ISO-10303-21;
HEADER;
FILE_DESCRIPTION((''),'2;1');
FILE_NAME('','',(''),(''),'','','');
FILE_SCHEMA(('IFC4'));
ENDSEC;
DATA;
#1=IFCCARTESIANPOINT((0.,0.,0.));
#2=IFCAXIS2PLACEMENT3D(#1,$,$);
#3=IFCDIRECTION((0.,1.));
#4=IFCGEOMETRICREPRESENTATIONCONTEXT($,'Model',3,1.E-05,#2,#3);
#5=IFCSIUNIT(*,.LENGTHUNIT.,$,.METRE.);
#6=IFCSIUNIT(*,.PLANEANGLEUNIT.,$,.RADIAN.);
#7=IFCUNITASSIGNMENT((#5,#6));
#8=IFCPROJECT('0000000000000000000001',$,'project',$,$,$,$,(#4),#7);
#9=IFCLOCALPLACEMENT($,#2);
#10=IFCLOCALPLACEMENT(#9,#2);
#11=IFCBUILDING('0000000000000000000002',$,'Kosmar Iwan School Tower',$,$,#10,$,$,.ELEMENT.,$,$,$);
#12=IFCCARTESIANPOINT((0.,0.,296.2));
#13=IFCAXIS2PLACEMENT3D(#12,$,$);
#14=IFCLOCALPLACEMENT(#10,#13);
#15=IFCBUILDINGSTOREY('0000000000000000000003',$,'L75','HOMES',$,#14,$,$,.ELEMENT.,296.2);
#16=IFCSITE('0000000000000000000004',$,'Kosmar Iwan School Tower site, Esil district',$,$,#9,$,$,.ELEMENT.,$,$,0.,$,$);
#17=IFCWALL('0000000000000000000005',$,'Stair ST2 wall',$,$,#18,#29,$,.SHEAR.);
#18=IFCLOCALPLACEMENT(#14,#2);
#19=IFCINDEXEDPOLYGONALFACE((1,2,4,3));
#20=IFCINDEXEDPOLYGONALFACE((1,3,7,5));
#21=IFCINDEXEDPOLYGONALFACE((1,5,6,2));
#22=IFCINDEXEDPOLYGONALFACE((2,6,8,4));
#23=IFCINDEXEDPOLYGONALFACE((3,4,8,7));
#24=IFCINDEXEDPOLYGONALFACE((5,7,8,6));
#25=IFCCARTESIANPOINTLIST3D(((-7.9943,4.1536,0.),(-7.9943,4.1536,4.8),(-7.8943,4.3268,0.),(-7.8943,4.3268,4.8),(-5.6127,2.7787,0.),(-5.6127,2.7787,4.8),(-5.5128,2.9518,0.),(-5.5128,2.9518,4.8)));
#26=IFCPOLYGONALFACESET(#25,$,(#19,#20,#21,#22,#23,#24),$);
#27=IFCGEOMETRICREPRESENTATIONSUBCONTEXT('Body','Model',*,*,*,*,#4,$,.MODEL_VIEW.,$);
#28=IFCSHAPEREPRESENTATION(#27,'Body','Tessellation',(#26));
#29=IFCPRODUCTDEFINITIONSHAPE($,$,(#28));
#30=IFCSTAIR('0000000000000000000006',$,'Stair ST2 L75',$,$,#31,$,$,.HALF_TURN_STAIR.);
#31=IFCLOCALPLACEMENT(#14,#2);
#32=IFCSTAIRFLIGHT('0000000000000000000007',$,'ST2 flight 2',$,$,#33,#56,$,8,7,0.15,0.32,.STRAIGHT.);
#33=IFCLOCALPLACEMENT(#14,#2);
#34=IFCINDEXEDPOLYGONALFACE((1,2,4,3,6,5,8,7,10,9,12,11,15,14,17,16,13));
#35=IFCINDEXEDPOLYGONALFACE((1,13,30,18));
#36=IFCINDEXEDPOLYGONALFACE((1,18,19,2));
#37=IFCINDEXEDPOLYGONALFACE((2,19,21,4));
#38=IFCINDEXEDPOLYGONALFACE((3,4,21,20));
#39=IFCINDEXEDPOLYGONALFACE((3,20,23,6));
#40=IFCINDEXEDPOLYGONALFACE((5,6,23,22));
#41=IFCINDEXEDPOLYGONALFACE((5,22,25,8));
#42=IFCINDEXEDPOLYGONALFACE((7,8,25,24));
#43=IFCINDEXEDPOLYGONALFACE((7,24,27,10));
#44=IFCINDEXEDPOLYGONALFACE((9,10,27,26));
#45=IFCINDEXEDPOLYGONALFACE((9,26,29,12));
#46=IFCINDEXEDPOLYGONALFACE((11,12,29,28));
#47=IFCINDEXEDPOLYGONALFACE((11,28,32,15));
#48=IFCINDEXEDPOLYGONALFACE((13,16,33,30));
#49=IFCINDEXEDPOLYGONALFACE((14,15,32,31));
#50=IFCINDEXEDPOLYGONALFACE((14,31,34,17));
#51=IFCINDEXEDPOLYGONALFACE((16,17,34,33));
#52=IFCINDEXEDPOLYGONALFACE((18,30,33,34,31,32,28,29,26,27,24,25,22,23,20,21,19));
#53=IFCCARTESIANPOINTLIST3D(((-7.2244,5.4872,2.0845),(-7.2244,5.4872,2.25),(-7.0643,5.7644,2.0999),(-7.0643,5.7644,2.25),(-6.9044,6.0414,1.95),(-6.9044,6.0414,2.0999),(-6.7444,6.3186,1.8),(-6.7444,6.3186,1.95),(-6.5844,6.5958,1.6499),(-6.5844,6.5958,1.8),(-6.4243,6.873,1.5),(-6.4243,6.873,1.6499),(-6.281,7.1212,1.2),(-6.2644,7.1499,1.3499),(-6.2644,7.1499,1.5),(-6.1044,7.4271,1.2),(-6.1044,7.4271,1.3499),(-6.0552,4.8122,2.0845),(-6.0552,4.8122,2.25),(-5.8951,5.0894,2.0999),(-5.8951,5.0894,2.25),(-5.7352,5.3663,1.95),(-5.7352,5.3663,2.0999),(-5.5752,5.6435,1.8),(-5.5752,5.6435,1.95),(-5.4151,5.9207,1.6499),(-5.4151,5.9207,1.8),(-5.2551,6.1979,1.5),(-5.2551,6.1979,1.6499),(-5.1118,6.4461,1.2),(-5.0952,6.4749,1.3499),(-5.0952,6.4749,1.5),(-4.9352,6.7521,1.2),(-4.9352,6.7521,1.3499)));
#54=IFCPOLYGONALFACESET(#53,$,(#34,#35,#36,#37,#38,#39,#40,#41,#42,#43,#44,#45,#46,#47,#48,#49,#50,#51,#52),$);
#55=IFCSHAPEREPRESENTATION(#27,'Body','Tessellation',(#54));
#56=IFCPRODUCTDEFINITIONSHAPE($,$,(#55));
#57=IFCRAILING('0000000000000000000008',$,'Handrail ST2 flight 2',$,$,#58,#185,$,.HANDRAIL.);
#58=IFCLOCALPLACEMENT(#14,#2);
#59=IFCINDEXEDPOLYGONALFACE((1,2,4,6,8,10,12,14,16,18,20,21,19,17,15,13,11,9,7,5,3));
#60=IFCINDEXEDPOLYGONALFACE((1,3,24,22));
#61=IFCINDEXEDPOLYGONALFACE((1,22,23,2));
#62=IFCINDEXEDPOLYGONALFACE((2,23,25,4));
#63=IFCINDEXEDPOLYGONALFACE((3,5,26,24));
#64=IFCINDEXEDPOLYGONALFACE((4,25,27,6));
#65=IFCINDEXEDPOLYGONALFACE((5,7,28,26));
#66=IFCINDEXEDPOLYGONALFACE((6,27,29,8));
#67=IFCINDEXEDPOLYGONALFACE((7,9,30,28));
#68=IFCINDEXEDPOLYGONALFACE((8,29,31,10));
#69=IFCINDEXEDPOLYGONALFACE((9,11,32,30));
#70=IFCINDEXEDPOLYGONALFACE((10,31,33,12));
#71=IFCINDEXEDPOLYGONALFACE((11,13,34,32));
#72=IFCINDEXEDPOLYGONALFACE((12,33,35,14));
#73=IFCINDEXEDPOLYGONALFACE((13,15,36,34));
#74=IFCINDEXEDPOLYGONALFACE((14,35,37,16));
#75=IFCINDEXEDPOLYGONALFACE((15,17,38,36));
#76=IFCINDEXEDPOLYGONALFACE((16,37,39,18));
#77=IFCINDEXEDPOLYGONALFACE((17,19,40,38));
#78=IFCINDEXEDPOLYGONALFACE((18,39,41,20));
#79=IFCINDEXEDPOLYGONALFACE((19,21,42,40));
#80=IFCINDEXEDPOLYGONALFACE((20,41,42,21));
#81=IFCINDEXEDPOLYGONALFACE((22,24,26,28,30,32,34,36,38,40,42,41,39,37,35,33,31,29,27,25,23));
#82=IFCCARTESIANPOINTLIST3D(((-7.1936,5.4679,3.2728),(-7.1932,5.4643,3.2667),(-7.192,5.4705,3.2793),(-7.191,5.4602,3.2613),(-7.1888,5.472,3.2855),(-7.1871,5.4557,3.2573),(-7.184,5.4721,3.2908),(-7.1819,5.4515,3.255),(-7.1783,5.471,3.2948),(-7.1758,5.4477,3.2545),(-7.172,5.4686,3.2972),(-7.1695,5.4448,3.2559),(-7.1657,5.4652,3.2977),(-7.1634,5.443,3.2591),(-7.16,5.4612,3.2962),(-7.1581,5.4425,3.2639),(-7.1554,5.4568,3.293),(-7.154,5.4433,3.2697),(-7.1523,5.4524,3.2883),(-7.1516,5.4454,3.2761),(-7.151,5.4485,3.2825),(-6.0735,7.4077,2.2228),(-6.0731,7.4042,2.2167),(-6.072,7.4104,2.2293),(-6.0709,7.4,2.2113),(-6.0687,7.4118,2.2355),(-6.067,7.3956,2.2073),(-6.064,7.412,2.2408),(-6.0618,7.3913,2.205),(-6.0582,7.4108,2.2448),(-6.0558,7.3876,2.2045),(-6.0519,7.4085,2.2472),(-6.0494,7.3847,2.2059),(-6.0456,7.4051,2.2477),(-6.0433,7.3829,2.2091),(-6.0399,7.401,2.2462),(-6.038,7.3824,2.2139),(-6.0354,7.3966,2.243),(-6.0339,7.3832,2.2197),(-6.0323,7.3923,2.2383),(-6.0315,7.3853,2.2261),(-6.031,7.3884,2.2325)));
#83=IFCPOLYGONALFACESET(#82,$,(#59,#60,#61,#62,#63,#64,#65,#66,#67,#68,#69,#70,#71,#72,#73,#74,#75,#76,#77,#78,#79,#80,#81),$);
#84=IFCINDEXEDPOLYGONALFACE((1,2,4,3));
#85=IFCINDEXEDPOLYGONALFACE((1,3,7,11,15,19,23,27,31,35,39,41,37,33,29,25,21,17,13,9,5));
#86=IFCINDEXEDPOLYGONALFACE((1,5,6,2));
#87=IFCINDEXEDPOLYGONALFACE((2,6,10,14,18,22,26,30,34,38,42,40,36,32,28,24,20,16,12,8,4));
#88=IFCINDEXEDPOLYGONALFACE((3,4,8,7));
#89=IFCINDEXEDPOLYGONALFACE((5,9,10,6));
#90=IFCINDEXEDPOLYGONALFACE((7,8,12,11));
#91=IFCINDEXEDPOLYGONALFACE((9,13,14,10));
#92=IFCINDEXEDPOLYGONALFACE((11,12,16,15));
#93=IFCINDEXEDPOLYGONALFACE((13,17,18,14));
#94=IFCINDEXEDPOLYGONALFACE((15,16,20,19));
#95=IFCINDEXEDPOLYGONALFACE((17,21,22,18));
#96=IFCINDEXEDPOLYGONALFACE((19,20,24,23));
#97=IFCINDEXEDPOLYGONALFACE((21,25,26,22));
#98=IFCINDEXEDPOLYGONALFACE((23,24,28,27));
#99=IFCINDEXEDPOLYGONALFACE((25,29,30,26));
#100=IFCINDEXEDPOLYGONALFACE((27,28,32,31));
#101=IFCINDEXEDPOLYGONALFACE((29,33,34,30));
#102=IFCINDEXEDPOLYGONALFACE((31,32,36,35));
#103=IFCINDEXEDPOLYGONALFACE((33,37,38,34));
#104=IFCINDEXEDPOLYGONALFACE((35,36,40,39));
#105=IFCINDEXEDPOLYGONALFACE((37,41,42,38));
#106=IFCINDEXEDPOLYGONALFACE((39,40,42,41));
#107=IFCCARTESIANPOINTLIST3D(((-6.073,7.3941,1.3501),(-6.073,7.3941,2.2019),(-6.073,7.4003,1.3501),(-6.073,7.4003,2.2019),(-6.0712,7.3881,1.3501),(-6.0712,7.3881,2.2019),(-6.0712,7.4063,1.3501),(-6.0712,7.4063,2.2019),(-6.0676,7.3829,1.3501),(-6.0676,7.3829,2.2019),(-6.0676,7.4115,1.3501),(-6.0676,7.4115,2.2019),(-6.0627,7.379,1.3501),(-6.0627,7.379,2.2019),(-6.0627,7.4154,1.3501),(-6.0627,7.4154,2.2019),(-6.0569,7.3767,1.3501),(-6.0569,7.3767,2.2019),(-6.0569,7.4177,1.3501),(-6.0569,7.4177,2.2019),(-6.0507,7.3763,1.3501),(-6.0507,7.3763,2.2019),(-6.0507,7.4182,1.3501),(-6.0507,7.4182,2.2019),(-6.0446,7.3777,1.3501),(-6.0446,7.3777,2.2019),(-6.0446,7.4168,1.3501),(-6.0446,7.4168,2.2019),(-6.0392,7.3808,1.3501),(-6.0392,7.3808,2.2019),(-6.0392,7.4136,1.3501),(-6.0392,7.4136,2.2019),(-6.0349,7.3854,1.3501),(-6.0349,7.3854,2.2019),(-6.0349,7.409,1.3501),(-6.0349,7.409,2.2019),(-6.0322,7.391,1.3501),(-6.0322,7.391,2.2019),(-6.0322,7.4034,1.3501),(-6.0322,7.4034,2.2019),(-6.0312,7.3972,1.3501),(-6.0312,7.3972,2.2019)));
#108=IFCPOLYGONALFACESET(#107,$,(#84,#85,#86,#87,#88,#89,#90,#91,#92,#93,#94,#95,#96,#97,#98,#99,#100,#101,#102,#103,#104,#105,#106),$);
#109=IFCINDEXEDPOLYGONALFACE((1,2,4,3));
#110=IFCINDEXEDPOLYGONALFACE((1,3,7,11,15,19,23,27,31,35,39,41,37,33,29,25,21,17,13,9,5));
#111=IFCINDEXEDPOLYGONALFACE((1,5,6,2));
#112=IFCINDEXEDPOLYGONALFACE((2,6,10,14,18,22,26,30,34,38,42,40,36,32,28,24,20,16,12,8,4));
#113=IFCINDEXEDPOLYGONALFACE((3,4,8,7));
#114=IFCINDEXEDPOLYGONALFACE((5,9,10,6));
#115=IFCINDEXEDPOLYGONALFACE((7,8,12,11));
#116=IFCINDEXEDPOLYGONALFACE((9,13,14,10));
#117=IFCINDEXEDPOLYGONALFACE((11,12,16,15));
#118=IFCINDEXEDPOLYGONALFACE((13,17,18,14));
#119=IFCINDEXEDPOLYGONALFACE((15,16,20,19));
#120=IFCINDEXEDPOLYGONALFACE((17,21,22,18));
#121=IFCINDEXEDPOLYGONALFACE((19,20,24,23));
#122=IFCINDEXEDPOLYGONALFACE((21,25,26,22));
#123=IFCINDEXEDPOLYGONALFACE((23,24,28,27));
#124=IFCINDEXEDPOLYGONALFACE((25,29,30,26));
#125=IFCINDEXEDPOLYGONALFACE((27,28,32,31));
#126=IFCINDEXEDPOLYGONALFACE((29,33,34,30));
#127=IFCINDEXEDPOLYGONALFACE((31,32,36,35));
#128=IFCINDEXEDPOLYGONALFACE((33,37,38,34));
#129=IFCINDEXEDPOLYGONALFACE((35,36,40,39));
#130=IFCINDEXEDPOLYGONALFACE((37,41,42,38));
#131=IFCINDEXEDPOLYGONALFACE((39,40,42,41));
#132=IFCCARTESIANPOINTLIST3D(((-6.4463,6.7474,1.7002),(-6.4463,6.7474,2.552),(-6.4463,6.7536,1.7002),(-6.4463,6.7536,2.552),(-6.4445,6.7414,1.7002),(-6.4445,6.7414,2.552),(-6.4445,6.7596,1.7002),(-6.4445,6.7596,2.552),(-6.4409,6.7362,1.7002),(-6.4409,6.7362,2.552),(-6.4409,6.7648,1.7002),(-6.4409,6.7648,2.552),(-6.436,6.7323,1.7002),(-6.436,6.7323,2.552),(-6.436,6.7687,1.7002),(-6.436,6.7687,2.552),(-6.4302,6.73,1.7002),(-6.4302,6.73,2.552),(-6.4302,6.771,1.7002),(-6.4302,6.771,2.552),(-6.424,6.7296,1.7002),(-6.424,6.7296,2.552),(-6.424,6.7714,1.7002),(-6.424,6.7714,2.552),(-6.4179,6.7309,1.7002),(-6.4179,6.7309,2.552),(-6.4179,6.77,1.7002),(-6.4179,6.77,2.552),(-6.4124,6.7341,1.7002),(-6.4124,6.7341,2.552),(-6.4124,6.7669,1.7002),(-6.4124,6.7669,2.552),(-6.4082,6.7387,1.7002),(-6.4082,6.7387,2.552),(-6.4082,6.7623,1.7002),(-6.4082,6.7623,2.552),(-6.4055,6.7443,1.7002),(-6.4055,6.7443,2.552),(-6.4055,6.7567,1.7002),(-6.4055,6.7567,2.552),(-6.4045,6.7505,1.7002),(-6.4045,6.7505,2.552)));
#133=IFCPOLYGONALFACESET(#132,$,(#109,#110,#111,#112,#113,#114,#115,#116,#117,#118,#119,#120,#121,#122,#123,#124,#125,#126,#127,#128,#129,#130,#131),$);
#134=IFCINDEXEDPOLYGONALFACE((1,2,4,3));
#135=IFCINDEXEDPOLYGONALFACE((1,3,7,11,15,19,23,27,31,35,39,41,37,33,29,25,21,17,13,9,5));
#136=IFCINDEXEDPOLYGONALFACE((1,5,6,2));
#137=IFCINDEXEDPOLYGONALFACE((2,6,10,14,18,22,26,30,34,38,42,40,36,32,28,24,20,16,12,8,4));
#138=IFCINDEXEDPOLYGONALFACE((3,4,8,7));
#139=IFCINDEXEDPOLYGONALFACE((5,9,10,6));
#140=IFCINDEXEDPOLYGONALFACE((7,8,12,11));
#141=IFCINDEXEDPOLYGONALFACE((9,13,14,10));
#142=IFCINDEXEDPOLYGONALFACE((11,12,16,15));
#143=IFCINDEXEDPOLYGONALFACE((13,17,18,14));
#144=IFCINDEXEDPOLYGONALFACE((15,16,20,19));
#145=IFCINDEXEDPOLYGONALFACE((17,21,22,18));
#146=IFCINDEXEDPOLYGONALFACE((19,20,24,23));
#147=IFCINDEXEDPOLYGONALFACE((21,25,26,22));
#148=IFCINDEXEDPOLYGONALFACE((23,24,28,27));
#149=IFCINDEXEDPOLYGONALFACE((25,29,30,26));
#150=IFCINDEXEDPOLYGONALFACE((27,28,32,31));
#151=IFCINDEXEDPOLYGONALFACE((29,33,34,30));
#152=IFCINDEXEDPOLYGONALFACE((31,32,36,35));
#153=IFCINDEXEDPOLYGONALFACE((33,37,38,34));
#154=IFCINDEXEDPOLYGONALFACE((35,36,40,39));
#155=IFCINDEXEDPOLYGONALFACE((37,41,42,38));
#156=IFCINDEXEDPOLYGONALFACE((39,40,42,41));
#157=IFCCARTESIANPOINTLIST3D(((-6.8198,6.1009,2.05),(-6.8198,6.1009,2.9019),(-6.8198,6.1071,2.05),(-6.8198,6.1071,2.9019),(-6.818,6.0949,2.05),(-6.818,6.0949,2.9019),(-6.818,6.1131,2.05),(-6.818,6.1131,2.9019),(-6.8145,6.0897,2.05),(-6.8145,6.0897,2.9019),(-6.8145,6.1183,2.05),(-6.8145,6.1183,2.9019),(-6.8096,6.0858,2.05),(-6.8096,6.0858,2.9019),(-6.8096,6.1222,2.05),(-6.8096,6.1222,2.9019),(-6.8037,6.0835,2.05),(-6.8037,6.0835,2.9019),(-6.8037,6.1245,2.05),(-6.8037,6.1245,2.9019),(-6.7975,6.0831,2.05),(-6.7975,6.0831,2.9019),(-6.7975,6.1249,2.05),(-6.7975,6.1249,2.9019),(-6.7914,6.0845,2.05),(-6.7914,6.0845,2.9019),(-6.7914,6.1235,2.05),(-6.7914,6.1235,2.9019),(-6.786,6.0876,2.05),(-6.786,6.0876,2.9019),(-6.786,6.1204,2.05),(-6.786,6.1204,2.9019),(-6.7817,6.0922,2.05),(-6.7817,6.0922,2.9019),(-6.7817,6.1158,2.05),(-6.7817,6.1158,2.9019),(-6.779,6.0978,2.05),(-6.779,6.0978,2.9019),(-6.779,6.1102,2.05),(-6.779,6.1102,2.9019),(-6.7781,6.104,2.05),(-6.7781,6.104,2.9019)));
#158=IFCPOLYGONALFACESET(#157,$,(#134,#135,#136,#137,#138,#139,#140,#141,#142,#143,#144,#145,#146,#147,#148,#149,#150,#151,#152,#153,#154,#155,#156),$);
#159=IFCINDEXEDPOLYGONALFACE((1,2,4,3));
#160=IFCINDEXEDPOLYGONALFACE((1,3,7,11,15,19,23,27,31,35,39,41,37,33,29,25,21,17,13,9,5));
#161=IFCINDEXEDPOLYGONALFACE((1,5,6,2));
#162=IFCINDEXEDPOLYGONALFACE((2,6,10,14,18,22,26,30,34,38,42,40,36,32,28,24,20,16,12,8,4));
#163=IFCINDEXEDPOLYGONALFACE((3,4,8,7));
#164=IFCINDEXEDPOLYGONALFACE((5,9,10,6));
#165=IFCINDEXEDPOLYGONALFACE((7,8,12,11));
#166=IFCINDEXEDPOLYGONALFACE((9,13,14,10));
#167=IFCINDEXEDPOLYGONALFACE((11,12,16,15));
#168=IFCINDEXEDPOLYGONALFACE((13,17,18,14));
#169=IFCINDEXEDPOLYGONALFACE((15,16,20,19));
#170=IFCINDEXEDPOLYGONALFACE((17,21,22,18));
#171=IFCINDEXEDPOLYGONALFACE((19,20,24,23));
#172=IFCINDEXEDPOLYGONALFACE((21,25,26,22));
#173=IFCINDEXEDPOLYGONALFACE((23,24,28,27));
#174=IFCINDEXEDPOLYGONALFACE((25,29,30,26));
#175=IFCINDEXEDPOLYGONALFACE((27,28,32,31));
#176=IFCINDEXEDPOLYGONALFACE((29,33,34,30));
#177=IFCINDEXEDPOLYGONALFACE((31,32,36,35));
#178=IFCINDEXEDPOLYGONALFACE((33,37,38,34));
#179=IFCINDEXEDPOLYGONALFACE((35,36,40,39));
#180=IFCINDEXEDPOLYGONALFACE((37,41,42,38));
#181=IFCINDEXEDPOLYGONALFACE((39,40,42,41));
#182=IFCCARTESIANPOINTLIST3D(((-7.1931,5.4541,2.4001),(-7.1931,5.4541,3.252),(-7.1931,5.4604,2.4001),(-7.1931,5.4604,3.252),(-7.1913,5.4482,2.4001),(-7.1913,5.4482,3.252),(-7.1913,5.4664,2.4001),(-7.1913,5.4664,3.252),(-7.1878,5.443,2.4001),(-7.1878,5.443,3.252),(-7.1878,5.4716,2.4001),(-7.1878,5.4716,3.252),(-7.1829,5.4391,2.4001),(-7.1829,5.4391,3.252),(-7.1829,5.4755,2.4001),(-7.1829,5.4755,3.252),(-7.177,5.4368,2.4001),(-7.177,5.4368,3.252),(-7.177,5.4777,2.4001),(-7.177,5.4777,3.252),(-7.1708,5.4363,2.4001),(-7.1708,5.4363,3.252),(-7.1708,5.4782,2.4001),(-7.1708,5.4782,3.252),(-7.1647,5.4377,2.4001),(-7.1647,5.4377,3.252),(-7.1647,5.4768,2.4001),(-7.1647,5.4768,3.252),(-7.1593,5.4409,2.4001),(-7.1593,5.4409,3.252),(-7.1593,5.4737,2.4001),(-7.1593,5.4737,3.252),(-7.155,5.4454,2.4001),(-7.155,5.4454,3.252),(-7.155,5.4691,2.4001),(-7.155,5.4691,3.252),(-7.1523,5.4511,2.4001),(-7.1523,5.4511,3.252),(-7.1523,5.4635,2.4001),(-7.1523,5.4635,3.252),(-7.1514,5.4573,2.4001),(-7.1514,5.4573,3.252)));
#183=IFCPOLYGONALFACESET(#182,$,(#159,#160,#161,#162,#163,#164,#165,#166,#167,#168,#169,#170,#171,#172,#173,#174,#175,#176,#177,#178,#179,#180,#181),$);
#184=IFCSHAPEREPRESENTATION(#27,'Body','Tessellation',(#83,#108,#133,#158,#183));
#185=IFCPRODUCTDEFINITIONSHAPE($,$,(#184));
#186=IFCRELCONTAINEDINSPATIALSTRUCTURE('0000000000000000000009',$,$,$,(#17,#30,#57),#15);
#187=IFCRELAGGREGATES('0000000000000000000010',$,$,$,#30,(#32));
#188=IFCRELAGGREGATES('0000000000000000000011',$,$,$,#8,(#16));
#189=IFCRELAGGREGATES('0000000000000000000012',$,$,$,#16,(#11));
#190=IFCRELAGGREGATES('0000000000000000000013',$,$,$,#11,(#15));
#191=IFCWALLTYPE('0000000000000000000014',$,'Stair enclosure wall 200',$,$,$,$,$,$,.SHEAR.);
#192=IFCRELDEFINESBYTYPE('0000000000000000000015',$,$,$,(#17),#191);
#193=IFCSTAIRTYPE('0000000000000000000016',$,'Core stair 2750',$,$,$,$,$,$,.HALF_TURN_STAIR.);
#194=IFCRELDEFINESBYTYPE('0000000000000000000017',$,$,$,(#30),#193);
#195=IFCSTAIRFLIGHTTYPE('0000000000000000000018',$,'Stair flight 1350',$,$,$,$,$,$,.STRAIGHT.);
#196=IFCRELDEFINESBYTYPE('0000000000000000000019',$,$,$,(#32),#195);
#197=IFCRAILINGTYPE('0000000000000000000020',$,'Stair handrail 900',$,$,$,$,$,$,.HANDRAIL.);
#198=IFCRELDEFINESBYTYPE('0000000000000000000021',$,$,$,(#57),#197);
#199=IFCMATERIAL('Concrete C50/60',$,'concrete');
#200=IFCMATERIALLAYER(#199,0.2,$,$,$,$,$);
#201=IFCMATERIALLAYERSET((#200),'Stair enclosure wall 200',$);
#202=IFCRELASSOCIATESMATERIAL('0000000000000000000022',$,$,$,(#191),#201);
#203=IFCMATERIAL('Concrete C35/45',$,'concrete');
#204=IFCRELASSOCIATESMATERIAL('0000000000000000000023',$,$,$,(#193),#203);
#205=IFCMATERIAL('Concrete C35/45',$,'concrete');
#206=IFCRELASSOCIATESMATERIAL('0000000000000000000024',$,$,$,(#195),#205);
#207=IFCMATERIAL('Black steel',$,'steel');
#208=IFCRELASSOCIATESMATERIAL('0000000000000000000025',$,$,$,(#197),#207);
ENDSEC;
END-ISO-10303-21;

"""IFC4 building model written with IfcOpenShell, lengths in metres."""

from ifc_helpers import new_model, si_unit, direction, frame, frame_2d, origin, origin_2d, place, context, subcontext, project, spatial, polyline, rectangle, circle, outline, extrude, material, layer, layer_set, type_object, element, aggregate, save


model = new_model("IFC4")

# Units and contexts
model_context = context("Model", 3, precision=1e-05, world=origin(), true_north=direction((0.0, 1.0)))
body_context = subcontext(model_context, "Body", "Model", "MODEL_VIEW")
ifc_project = project(units=[si_unit("LENGTHUNIT", "METRE"), si_unit("PLANEANGLEUNIT", "RADIAN")], contexts=[model_context])

# Site, building, storey
site_placement = place(None, origin())
site = spatial("IfcSite", under=ifc_project, at=site_placement, Name="Kosmar Iwan School Tower site, Esil district", CompositionType="ELEMENT", RefElevation=0.0)
building_placement = place(site_placement, origin())
building = spatial("IfcBuilding", under=site, at=building_placement, Name="Kosmar Iwan School Tower", CompositionType="ELEMENT")
storey_placement = place(building_placement, frame((0.0, 0.0, 296.2)))
storey = spatial("IfcBuildingStorey", under=building, at=storey_placement, Name="L75", Description="HOMES", CompositionType="ELEMENT", Elevation=296.2)

# Wall
ifc_material_1 = material(Name="Concrete C50/60", Category="concrete")
ifc_layer_1 = layer(ifc_material_1, 0.2)
ifc_layer_set_1 = layer_set([ifc_layer_1], Name="Stair enclosure wall 200")
wall_type_1 = type_object("IfcWallType", Name="Stair enclosure wall 200", PredefinedType="SHEAR", material=ifc_layer_set_1)
wall_1_placement = place(storey_placement, frame((-5.5627, 2.8652, 0.0), z_axis=(0.0, 0.0, 1.0), x_axis=(-0.866027, 0.499997, 0.0)))
element("IfcWall", 1, at=wall_1_placement, inside=storey, type_object=wall_type_1, Name="Stair ST2 wall", PredefinedType="SHEAR", context=body_context, shape_type="SweptSolid", body=[
    extrude(rectangle(XDim=2.75, YDim=0.2, at=frame_2d((1.375, 0.0))), origin(), (0.0, 0.0, 1.0), 4.8),
])

# Stair, stair flight
ifc_material_2 = material(Name="Concrete C35/45", Category="concrete")
stair_type = type_object("IfcStairType", Name="Core stair 2750", PredefinedType="HALF_TURN_STAIR", material=ifc_material_2)
stair_placement = place(storey_placement, origin())
stair = element("IfcStair", 2, at=stair_placement, inside=storey, type_object=stair_type, Name="Stair ST2 L75", PredefinedType="HALF_TURN_STAIR")
ifc_material_3 = material(Name="Concrete C35/45", Category="concrete")
stair_flight_type = type_object("IfcStairFlightType", Name="Stair flight 1350", PredefinedType="STRAIGHT", material=ifc_material_3)
stair_flight_placement = place(storey_placement, frame((-5.5198, 7.0896, 1.2), z_axis=(0.0, 0.0, 1.0), x_axis=(-0.5, -0.866025, 0.0)))
stair_flight = element("IfcStairFlight", 3, at=stair_flight_placement, type_object=stair_flight_type, Name="ST2 flight 2", NumberOfRisers=8, NumberOfTreads=7, PredefinedType="STRAIGHT", RiserHeight=0.15, TreadLength=0.32, context=body_context, shape_type="SweptSolid", body=[
    extrude(outline(polyline([(0.0, 0.0), (0.0, 0.1499), (0.3201, 0.1499), (0.3201, 0.3), (0.6399, 0.3), (0.6399, 0.45), (0.96, 0.45), (0.96, 0.6001), (1.28, 0.6001), (1.28, 0.75), (1.6001, 0.75), (1.6001, 0.8999), (1.9199, 0.8999), (1.9199, 1.05), (2.24, 1.05), (2.24, 1.2), (2.24, 0.8845), (0.3533, 0.0), (0.0, 0.0)])), frame((0.0, 0.675, 0.0), z_axis=(0.0, -1.0, 0.0), x_axis=(1.0, 0.0, 0.0)), (0.0, 0.0, 1.0), 1.3501),
])
aggregate(stair, [stair_flight])

# Railing
ifc_material_4 = material(Name="Black steel", Category="steel")
railing_type = type_object("IfcRailingType", Name="Stair handrail 900", PredefinedType="HANDRAIL", material=ifc_material_4)
for number, where, name in (
    (4, (-6.0522, 7.3972, 1.3501), "Handrail ST2 flight 2"),
):
    element("IfcRailing", number, at=place(storey_placement, frame(where)), inside=storey, type_object=railing_type, Name=name, PredefinedType="HANDRAIL", context=body_context, shape_type="SweptSolid", body=[
        extrude(circle(Radius=0.0239, at=origin_2d()), frame((0.0, 0.0, 0.876), z_axis=(-0.452757, -0.784134, 0.424435), x_axis=(0.866008, -0.500031, 0.0)), (0.0, 0.0, 1.0), 2.4739),
        extrude(circle(Radius=0.021, at=origin_2d()), origin(), (0.0, 0.0, 1.0), 0.8518),
        extrude(circle(Radius=0.021, at=origin_2d()), frame((-0.3733, -0.6467, 0.3501)), (0.0, 0.0, 1.0), 0.8518),
        extrude(circle(Radius=0.021, at=origin_2d()), frame((-0.7468, -1.2932, 0.7)), (0.0, 0.0, 1.0), 0.8518),
        extrude(circle(Radius=0.021, at=origin_2d()), frame((-1.1201, -1.9399, 1.05)), (0.0, 0.0, 1.0), 0.8518),
    ])

save(model, "model.ifc")
